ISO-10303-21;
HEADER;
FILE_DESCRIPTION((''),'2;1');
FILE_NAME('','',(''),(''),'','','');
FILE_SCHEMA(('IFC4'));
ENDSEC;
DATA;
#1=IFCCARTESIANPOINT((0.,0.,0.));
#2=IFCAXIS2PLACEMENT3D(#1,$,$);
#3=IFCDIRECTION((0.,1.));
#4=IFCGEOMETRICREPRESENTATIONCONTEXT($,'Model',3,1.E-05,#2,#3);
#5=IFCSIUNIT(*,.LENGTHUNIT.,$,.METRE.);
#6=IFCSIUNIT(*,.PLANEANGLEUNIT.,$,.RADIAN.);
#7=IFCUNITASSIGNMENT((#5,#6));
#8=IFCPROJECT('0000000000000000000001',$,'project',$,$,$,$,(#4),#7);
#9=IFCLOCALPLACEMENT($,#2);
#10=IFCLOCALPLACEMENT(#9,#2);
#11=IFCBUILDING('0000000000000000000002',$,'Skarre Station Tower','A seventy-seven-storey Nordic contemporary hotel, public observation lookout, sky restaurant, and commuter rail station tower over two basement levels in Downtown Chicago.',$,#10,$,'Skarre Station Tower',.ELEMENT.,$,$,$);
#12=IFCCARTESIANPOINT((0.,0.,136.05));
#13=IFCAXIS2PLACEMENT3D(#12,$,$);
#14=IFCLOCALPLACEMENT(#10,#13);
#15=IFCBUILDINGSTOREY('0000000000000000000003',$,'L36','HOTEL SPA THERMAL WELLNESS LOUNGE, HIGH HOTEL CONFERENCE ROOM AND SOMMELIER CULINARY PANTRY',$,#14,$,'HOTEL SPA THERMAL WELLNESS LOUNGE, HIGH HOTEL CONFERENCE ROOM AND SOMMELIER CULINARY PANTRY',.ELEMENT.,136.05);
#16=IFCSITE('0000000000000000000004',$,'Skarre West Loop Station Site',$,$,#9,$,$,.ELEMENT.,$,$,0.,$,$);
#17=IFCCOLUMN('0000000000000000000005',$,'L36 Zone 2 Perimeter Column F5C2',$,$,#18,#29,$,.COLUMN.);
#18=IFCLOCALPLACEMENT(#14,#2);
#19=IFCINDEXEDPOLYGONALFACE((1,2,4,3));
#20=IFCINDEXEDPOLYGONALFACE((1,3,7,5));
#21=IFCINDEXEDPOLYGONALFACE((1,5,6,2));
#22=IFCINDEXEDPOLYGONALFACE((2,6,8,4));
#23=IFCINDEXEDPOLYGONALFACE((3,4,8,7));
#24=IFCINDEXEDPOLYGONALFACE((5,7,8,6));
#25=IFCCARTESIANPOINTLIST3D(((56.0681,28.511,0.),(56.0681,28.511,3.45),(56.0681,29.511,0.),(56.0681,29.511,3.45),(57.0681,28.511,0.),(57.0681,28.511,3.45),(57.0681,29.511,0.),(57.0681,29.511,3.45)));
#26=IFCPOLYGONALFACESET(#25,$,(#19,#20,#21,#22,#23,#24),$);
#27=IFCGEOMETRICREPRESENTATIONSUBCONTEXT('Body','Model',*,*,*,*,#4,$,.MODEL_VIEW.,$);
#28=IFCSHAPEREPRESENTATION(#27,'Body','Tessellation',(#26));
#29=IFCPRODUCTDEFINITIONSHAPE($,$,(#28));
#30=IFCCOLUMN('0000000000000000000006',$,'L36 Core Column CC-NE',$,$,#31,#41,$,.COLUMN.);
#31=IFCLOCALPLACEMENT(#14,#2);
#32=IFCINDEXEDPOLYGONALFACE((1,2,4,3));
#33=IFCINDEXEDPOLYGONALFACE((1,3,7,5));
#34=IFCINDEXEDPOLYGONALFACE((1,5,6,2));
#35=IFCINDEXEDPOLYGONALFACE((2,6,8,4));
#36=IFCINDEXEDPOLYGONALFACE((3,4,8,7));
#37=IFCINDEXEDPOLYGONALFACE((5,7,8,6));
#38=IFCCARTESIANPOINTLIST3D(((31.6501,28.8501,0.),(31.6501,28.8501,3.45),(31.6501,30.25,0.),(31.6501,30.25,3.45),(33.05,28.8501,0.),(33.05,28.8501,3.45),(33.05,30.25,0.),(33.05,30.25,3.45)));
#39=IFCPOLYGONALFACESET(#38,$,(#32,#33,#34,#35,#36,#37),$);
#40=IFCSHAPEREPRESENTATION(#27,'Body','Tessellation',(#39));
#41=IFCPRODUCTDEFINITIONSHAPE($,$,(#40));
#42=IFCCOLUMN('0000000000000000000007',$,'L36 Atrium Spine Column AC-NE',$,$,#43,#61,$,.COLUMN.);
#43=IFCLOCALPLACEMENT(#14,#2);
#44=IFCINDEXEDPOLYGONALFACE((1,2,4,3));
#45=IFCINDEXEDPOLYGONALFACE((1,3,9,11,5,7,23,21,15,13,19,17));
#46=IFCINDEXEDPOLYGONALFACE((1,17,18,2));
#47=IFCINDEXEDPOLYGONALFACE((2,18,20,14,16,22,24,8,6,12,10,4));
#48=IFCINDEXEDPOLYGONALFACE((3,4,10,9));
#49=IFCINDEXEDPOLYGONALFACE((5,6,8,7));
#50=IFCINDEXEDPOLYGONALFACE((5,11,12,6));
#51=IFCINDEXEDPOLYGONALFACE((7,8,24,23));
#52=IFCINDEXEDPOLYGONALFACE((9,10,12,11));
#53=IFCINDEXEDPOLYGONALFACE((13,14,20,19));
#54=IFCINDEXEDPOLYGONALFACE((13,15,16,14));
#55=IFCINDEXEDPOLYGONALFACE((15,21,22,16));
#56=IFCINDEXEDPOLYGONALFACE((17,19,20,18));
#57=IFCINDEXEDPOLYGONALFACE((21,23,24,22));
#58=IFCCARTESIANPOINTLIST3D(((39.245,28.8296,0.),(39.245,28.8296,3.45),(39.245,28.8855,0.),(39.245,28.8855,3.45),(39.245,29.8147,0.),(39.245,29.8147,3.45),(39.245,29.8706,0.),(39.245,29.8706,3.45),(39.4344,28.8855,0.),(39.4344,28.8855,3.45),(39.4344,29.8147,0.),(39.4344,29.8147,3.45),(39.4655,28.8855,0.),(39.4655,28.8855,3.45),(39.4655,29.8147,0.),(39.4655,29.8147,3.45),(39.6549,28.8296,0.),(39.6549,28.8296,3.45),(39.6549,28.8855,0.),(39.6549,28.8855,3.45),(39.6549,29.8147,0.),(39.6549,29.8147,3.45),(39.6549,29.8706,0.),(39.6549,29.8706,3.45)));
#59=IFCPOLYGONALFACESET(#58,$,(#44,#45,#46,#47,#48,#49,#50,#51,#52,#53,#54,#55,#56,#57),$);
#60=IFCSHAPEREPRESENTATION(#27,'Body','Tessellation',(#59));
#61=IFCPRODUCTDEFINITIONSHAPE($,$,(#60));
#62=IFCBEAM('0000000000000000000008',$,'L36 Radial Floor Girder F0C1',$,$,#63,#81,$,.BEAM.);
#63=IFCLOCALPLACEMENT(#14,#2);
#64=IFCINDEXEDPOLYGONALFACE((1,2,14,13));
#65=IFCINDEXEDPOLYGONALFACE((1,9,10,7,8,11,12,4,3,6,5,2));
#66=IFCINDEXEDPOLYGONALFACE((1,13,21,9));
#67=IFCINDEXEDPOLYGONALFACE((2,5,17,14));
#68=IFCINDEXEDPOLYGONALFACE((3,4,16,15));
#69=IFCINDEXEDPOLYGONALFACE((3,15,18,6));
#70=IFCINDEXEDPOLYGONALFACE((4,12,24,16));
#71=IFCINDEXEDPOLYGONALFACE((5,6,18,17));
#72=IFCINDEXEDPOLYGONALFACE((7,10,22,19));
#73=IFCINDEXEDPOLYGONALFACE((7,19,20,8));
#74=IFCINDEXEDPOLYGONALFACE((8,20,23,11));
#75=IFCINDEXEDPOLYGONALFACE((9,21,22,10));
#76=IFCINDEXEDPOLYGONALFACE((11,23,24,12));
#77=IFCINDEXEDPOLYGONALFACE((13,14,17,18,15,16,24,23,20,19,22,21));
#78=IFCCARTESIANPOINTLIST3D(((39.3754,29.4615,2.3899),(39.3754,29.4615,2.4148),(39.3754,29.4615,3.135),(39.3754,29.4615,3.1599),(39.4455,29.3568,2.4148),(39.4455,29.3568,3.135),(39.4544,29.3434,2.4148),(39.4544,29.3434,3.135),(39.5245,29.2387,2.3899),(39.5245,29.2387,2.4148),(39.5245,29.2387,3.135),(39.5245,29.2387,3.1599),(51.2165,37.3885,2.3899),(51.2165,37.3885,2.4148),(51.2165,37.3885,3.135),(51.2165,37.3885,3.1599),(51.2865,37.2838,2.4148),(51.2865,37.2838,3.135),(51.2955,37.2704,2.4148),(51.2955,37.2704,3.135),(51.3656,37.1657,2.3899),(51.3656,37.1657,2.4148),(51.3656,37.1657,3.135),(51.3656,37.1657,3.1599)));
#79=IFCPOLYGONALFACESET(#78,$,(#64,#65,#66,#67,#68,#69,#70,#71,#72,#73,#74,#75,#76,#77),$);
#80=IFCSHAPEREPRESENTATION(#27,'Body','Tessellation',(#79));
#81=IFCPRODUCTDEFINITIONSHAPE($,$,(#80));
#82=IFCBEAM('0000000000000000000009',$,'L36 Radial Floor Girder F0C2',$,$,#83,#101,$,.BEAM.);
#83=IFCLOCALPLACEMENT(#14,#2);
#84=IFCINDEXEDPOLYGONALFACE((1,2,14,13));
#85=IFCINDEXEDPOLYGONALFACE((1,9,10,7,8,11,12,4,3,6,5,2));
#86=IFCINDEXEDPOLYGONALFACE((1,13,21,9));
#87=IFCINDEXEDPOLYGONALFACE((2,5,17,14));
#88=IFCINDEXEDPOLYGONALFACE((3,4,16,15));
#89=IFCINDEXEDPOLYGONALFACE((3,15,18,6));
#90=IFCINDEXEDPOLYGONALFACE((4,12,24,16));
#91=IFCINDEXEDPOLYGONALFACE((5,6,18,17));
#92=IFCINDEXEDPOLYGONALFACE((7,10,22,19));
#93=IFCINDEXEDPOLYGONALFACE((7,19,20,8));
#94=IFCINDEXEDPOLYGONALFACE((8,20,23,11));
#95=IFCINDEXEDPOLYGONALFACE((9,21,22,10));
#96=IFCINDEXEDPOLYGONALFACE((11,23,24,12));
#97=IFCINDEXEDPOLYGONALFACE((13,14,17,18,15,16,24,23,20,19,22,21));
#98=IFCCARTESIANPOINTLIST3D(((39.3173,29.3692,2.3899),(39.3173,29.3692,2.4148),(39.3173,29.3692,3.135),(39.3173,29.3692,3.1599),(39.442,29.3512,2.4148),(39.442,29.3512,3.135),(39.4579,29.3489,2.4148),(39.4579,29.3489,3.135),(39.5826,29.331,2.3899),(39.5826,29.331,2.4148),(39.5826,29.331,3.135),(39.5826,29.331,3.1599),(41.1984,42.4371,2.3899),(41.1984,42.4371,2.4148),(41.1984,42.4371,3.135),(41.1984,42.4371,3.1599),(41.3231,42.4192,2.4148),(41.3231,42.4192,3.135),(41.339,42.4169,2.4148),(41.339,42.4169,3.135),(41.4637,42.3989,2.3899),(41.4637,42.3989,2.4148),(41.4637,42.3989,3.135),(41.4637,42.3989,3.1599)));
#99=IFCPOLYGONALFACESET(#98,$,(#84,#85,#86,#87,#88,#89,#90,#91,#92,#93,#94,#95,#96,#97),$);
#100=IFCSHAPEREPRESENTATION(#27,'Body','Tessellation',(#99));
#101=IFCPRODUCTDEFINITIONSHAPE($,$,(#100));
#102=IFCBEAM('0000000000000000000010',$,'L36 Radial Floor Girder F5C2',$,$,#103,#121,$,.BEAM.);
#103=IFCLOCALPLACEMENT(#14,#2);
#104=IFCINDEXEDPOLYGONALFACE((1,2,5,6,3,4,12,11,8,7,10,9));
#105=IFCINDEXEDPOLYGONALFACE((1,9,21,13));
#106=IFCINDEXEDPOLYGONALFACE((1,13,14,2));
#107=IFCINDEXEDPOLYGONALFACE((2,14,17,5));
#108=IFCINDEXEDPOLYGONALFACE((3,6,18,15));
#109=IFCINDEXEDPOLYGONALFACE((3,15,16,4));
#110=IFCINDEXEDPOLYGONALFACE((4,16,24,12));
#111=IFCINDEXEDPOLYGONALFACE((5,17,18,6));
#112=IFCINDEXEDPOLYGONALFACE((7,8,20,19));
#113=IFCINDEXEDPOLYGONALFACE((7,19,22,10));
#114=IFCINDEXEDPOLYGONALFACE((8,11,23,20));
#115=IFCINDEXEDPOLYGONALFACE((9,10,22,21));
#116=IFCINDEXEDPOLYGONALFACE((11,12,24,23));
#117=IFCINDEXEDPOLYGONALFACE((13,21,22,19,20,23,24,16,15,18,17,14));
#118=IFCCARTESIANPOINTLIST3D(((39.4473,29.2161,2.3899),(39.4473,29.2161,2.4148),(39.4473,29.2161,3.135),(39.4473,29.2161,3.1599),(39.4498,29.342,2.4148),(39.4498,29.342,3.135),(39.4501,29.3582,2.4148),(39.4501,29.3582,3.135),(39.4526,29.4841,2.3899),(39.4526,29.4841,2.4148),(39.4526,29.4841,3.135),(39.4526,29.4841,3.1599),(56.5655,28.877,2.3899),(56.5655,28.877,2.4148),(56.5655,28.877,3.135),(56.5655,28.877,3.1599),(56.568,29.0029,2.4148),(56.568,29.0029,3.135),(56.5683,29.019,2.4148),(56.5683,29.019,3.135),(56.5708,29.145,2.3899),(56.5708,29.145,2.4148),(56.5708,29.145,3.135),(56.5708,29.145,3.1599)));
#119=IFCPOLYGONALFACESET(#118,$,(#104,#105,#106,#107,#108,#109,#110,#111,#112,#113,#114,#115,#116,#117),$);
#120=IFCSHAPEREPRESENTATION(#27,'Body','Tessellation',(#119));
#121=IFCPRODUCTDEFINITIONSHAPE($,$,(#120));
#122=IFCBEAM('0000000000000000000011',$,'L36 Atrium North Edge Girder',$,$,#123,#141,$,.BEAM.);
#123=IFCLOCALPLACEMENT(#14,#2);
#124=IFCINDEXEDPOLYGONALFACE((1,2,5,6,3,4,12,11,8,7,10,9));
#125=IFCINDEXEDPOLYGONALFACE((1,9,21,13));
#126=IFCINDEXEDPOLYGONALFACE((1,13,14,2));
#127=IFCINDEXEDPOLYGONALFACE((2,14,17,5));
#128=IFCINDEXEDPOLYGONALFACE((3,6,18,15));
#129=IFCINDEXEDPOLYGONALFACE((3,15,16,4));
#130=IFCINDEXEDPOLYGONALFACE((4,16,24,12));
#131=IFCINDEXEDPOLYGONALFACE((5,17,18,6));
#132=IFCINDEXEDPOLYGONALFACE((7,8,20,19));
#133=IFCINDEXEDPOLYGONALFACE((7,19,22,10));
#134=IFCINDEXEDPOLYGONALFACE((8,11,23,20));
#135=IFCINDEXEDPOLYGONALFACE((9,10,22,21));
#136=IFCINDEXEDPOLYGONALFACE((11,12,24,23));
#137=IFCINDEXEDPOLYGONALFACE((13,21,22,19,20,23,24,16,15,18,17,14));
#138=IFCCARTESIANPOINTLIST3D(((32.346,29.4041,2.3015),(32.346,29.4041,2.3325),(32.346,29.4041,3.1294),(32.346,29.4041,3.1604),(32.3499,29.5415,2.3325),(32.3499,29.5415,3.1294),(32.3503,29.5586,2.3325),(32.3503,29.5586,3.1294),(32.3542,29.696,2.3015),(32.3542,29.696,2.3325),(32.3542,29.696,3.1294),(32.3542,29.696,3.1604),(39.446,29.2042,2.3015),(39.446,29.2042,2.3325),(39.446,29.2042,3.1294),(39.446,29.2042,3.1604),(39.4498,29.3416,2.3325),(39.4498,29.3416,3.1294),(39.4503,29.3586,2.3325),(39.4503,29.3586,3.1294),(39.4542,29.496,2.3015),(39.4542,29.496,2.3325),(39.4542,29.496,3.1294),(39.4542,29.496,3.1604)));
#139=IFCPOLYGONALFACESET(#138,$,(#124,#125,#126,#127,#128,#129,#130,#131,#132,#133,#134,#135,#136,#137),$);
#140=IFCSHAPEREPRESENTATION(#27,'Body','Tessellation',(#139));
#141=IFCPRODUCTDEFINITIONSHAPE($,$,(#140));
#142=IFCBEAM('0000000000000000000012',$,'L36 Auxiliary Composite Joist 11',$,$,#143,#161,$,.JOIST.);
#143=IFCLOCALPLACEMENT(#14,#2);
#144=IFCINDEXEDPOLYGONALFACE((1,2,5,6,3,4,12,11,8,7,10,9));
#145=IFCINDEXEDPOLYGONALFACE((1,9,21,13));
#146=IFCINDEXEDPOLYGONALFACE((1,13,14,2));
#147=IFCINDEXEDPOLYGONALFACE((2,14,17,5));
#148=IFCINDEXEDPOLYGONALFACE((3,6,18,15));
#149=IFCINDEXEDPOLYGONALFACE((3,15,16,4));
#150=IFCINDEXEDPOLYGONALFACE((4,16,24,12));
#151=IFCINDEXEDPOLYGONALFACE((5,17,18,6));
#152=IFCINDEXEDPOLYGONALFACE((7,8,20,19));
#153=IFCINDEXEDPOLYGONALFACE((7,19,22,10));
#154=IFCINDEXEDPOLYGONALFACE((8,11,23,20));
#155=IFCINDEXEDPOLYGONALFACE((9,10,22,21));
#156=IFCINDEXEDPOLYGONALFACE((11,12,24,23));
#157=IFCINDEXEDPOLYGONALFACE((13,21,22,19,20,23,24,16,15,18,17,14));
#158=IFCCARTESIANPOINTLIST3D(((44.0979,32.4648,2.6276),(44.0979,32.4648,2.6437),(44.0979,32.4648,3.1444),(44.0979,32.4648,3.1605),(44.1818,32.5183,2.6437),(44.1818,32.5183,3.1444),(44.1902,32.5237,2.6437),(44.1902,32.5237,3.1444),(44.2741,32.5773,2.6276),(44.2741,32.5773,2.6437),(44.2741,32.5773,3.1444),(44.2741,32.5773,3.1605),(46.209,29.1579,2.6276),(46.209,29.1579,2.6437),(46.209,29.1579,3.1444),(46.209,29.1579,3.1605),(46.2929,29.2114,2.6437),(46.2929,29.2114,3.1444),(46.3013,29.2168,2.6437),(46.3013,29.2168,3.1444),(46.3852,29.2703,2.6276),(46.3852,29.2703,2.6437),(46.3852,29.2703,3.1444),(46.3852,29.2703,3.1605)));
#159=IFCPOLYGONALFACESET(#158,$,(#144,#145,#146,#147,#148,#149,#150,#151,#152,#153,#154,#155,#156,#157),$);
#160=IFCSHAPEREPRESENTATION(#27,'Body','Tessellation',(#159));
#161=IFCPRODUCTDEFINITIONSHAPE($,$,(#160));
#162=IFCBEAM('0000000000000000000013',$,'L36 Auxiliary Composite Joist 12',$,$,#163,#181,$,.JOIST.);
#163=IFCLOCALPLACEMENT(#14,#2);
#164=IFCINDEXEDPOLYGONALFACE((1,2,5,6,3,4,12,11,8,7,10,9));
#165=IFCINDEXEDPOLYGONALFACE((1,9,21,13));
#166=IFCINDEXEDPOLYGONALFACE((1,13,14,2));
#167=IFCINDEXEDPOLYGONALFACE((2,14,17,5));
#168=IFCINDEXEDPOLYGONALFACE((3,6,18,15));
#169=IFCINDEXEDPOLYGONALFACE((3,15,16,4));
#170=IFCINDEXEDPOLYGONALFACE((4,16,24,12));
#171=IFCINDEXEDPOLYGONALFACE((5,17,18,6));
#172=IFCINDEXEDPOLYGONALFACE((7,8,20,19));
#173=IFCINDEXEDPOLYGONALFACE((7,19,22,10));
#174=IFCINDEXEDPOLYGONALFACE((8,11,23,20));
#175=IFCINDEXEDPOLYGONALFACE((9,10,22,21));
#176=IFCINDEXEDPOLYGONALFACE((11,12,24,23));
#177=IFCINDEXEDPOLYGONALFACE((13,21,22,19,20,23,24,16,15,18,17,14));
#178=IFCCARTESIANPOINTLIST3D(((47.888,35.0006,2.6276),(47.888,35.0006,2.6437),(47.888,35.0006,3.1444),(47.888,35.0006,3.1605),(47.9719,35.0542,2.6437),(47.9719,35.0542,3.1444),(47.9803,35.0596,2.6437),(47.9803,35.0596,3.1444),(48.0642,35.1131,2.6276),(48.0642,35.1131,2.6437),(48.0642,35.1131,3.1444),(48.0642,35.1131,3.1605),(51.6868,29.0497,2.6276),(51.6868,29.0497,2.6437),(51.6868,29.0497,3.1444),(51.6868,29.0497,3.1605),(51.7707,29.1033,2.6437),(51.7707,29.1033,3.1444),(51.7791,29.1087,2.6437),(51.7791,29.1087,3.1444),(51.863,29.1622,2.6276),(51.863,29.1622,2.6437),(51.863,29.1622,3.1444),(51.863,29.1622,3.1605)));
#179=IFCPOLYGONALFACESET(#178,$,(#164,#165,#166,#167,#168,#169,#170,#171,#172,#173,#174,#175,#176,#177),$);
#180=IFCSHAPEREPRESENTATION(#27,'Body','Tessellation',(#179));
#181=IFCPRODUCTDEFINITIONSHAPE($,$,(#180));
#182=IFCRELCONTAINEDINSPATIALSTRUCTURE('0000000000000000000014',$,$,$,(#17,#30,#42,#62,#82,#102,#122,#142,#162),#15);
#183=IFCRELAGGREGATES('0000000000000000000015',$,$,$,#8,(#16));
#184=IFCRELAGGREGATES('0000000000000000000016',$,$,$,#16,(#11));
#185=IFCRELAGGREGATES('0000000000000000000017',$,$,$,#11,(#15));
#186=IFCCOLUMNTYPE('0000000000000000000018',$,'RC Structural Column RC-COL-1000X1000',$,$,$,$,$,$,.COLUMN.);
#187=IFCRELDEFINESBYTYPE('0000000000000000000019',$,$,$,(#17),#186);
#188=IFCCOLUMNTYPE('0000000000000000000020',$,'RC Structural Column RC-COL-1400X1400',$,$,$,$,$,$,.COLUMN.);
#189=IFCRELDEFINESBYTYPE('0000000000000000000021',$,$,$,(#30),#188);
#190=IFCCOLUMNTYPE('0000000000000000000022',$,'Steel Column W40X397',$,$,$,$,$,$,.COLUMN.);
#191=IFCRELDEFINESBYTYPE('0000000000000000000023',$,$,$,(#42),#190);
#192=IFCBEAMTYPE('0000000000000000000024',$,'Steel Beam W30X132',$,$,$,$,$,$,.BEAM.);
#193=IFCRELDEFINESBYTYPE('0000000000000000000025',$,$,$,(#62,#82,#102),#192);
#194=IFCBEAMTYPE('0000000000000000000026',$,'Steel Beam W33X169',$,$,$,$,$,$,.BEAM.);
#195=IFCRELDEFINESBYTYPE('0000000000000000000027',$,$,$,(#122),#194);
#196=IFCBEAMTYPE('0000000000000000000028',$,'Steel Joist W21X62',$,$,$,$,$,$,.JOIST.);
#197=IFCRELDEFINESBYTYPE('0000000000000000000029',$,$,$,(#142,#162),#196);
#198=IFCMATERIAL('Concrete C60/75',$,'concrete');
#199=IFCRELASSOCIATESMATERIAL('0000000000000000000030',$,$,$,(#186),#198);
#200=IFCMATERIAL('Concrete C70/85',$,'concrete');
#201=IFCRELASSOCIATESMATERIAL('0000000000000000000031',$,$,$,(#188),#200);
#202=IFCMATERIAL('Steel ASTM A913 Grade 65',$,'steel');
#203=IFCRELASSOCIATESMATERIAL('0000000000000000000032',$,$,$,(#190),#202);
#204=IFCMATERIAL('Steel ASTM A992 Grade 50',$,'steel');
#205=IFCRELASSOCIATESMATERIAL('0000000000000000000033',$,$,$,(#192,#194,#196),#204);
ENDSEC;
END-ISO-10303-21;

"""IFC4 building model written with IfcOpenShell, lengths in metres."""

from ifc_helpers import new_model, si_unit, direction, frame, origin, origin_2d, place, context, subcontext, project, spatial, rectangle, i_section, extrude, material, material_profile, profile_set, type_object, element, save


model = new_model("IFC4")

# Units and contexts
model_context = context("Model", 3, precision=1e-05, world=origin(), true_north=direction((0.0, 1.0)))
body_context = subcontext(model_context, "Body", "Model", "MODEL_VIEW")
ifc_project = project(units=[si_unit("LENGTHUNIT", "METRE"), si_unit("PLANEANGLEUNIT", "RADIAN")], contexts=[model_context])

# Site, building, storey
site_placement = place(None, origin())
site = spatial("IfcSite", under=ifc_project, at=site_placement, Name="Skarre West Loop Station Site", CompositionType="ELEMENT", RefElevation=0.0)
building_placement = place(site_placement, origin())
building = spatial("IfcBuilding", under=site, at=building_placement, Name="Skarre Station Tower", Description="A seventy-seven-storey Nordic contemporary hotel, public observation lookout, sky restaurant, and commuter rail station tower over two basement levels in Downtown Chicago.", LongName="Skarre Station Tower", CompositionType="ELEMENT")
storey_placement = place(building_placement, frame((0.0, 0.0, 136.05)))
storey = spatial("IfcBuildingStorey", under=building, at=storey_placement, Name="L36", Description="HOTEL SPA THERMAL WELLNESS LOUNGE, HIGH HOTEL CONFERENCE ROOM AND SOMMELIER CULINARY PANTRY", LongName="HOTEL SPA THERMAL WELLNESS LOUNGE, HIGH HOTEL CONFERENCE ROOM AND SOMMELIER CULINARY PANTRY", CompositionType="ELEMENT", Elevation=136.05)

# Columns
ifc_material_1 = material(Name="Concrete C60/75", Category="concrete")
ifc_material_profile_1 = material_profile(ifc_material_1, rectangle(XDim=1.0, YDim=1.0, at=origin_2d()), Name="Concrete C60/75")
ifc_profile_set_1 = profile_set([ifc_material_profile_1], Name="Concrete C60/75")
column_type_1 = type_object("IfcColumnType", Name="RC Structural Column RC-COL-1000X1000", PredefinedType="COLUMN", material=ifc_profile_set_1)
column_1_placement = place(storey_placement, frame((56.5681, 29.011, 0.0), z_axis=(0.0, 0.0, 1.0), x_axis=(1.0, 0.0, 0.0)))
element("IfcColumn", 1, at=column_1_placement, inside=storey, type_object=column_type_1, Name="L36 Zone 2 Perimeter Column F5C2", PredefinedType="COLUMN", context=body_context, shape_type="SweptSolid", body=[
    extrude(rectangle(XDim=1.0, YDim=1.0, at=origin_2d()), origin(), (0.0, 0.0, 1.0), 3.45),
])
ifc_material_2 = material(Name="Concrete C70/85", Category="concrete")
ifc_material_profile_2 = material_profile(ifc_material_2, rectangle(XDim=1.3999, YDim=1.3999, at=origin_2d()), Name="Concrete C70/85")
ifc_profile_set_2 = profile_set([ifc_material_profile_2], Name="Concrete C70/85")
column_type_2 = type_object("IfcColumnType", Name="RC Structural Column RC-COL-1400X1400", PredefinedType="COLUMN", material=ifc_profile_set_2)
column_2_placement = place(storey_placement, frame((32.3501, 29.55, 0.0), z_axis=(0.0, 0.0, 1.0), x_axis=(1.0, 0.0, 0.0)))
element("IfcColumn", 2, at=column_2_placement, inside=storey, type_object=column_type_2, Name="L36 Core Column CC-NE", PredefinedType="COLUMN", context=body_context, shape_type="SweptSolid", body=[
    extrude(rectangle(XDim=1.3999, YDim=1.3999, at=origin_2d()), origin(), (0.0, 0.0, 1.0), 3.45),
])
ifc_material_3 = material(Name="Steel ASTM A913 Grade 65", Category="steel")
ifc_material_profile_3 = material_profile(ifc_material_3, i_section(OverallWidth=0.4099, OverallDepth=1.041, WebThickness=0.031, FlangeThickness=0.0559, at=origin_2d()), Name="Steel ASTM A913 Grade 65")
ifc_profile_set_3 = profile_set([ifc_material_profile_3], Name="Steel ASTM A913 Grade 65")
column_type_3 = type_object("IfcColumnType", Name="Steel Column W40X397", PredefinedType="COLUMN", material=ifc_profile_set_3)
column_3_placement = place(storey_placement, frame((39.45, 29.3501, 0.0), z_axis=(0.0, 0.0, 1.0), x_axis=(1.0, 0.0, 0.0)))
element("IfcColumn", 3, at=column_3_placement, inside=storey, type_object=column_type_3, Name="L36 Atrium Spine Column AC-NE", PredefinedType="COLUMN", context=body_context, shape_type="SweptSolid", body=[
    extrude(i_section(OverallWidth=0.4099, OverallDepth=1.041, WebThickness=0.031, FlangeThickness=0.0559, at=origin_2d()), origin(), (0.0, 0.0, 1.0), 3.45),
])

# Beams
ifc_material_4 = material(Name="Steel ASTM A992 Grade 50", Category="steel")
ifc_material_profile_4 = material_profile(ifc_material_4, i_section(OverallWidth=0.2681, OverallDepth=0.77, WebThickness=0.0161, FlangeThickness=0.0249, at=origin_2d()), Name="Steel ASTM A992 Grade 50")
ifc_profile_set_4 = profile_set([ifc_material_profile_4], Name="Steel ASTM A992 Grade 50")
beam_type_1 = type_object("IfcBeamType", Name="Steel Beam W30X132", PredefinedType="BEAM", material=ifc_profile_set_4)
beam_1_placement = place(storey_placement, frame((39.45, 29.3501, 2.7749), z_axis=(0.830981, 0.5563, 0.0), x_axis=(-0.5563, 0.830981, 0.0)))
element("IfcBeam", 4, at=beam_1_placement, inside=storey, type_object=beam_type_1, Name="L36 Radial Floor Girder F0C1", PredefinedType="BEAM", context=body_context, shape_type="SweptSolid", body=[
    extrude(i_section(OverallWidth=0.2681, OverallDepth=0.77, WebThickness=0.0161, FlangeThickness=0.0249, at=origin_2d()), origin(), (0.0, 0.0, 1.0), 14.2495),
])
beam_2_placement = place(storey_placement, frame((39.45, 29.3501, 2.7749), z_axis=(0.14248, 0.989798, 0.0), x_axis=(-0.989798, 0.14248, 0.0)))
element("IfcBeam", 5, at=beam_2_placement, inside=storey, type_object=beam_type_1, Name="L36 Radial Floor Girder F0C2", PredefinedType="BEAM", context=body_context, shape_type="SweptSolid", body=[
    extrude(i_section(OverallWidth=0.2681, OverallDepth=0.77, WebThickness=0.0161, FlangeThickness=0.0249, at=origin_2d()), origin(), (0.0, 0.0, 1.0), 13.2026),
])
beam_3_placement = place(storey_placement, frame((39.45, 29.3501, 2.7749), z_axis=(0.999804, -0.019806, 0.0), x_axis=(0.019806, 0.999804, 0.0)))
element("IfcBeam", 6, at=beam_3_placement, inside=storey, type_object=beam_type_1, Name="L36 Radial Floor Girder F5C2", PredefinedType="BEAM", context=body_context, shape_type="SweptSolid", body=[
    extrude(i_section(OverallWidth=0.2681, OverallDepth=0.77, WebThickness=0.0161, FlangeThickness=0.0249, at=origin_2d()), origin(), (0.0, 0.0, 1.0), 17.1216),
])
ifc_material_profile_5 = material_profile(ifc_material_4, i_section(OverallWidth=0.292, OverallDepth=0.8589, WebThickness=0.0171, FlangeThickness=0.031, at=origin_2d()), Name="Steel ASTM A992 Grade 50")
ifc_profile_set_5 = profile_set([ifc_material_profile_5], Name="Steel ASTM A992 Grade 50")
beam_type_2 = type_object("IfcBeamType", Name="Steel Beam W33X169", PredefinedType="BEAM", material=ifc_profile_set_5)
beam_4_placement = place(storey_placement, frame((32.3501, 29.55, 2.731), z_axis=(0.999604, -0.028152, 0.0), x_axis=(0.028152, 0.999604, 0.0)))
element("IfcBeam", 7, at=beam_4_placement, inside=storey, type_object=beam_type_2, Name="L36 Atrium North Edge Girder", PredefinedType="BEAM", context=body_context, shape_type="SweptSolid", body=[
    extrude(i_section(OverallWidth=0.292, OverallDepth=0.8589, WebThickness=0.0171, FlangeThickness=0.031, at=origin_2d()), origin(), (0.0, 0.0, 1.0), 7.1028),
])
ifc_material_profile_6 = material_profile(ifc_material_4, i_section(OverallWidth=0.209, OverallDepth=0.533, WebThickness=0.01, FlangeThickness=0.0161, at=origin_2d()), Name="Steel ASTM A992 Grade 50")
ifc_profile_set_6 = profile_set([ifc_material_profile_6], Name="Steel ASTM A992 Grade 50")
beam_type_3 = type_object("IfcBeamType", Name="Steel Joist W21X62", PredefinedType="JOIST", material=ifc_profile_set_6)
beam_5_placement = place(storey_placement, frame((46.2971, 29.2141, 2.894), z_axis=(-0.538091, 0.842887, 0.0), x_axis=(-0.842887, -0.538091, 0.0)))
element("IfcBeam", 8, at=beam_5_placement, inside=storey, type_object=beam_type_3, Name="L36 Auxiliary Composite Joist 11", PredefinedType="JOIST", context=body_context, shape_type="SweptSolid", body=[
    extrude(i_section(OverallWidth=0.209, OverallDepth=0.533, WebThickness=0.01, FlangeThickness=0.0161, at=origin_2d()), origin(), (0.0, 0.0, 1.0), 3.9233),
])
beam_6_placement = place(storey_placement, frame((51.7749, 29.106, 2.894), z_axis=(-0.538072, 0.842899, 0.0), x_axis=(-0.842899, -0.538072, 0.0)))
element("IfcBeam", 9, at=beam_6_placement, inside=storey, type_object=beam_type_3, Name="L36 Auxiliary Composite Joist 12", PredefinedType="JOIST", context=body_context, shape_type="SweptSolid", body=[
    extrude(i_section(OverallWidth=0.209, OverallDepth=0.533, WebThickness=0.01, FlangeThickness=0.0161, at=origin_2d()), origin(), (0.0, 0.0, 1.0), 7.0601),
])

save(model, "model.ifc")
